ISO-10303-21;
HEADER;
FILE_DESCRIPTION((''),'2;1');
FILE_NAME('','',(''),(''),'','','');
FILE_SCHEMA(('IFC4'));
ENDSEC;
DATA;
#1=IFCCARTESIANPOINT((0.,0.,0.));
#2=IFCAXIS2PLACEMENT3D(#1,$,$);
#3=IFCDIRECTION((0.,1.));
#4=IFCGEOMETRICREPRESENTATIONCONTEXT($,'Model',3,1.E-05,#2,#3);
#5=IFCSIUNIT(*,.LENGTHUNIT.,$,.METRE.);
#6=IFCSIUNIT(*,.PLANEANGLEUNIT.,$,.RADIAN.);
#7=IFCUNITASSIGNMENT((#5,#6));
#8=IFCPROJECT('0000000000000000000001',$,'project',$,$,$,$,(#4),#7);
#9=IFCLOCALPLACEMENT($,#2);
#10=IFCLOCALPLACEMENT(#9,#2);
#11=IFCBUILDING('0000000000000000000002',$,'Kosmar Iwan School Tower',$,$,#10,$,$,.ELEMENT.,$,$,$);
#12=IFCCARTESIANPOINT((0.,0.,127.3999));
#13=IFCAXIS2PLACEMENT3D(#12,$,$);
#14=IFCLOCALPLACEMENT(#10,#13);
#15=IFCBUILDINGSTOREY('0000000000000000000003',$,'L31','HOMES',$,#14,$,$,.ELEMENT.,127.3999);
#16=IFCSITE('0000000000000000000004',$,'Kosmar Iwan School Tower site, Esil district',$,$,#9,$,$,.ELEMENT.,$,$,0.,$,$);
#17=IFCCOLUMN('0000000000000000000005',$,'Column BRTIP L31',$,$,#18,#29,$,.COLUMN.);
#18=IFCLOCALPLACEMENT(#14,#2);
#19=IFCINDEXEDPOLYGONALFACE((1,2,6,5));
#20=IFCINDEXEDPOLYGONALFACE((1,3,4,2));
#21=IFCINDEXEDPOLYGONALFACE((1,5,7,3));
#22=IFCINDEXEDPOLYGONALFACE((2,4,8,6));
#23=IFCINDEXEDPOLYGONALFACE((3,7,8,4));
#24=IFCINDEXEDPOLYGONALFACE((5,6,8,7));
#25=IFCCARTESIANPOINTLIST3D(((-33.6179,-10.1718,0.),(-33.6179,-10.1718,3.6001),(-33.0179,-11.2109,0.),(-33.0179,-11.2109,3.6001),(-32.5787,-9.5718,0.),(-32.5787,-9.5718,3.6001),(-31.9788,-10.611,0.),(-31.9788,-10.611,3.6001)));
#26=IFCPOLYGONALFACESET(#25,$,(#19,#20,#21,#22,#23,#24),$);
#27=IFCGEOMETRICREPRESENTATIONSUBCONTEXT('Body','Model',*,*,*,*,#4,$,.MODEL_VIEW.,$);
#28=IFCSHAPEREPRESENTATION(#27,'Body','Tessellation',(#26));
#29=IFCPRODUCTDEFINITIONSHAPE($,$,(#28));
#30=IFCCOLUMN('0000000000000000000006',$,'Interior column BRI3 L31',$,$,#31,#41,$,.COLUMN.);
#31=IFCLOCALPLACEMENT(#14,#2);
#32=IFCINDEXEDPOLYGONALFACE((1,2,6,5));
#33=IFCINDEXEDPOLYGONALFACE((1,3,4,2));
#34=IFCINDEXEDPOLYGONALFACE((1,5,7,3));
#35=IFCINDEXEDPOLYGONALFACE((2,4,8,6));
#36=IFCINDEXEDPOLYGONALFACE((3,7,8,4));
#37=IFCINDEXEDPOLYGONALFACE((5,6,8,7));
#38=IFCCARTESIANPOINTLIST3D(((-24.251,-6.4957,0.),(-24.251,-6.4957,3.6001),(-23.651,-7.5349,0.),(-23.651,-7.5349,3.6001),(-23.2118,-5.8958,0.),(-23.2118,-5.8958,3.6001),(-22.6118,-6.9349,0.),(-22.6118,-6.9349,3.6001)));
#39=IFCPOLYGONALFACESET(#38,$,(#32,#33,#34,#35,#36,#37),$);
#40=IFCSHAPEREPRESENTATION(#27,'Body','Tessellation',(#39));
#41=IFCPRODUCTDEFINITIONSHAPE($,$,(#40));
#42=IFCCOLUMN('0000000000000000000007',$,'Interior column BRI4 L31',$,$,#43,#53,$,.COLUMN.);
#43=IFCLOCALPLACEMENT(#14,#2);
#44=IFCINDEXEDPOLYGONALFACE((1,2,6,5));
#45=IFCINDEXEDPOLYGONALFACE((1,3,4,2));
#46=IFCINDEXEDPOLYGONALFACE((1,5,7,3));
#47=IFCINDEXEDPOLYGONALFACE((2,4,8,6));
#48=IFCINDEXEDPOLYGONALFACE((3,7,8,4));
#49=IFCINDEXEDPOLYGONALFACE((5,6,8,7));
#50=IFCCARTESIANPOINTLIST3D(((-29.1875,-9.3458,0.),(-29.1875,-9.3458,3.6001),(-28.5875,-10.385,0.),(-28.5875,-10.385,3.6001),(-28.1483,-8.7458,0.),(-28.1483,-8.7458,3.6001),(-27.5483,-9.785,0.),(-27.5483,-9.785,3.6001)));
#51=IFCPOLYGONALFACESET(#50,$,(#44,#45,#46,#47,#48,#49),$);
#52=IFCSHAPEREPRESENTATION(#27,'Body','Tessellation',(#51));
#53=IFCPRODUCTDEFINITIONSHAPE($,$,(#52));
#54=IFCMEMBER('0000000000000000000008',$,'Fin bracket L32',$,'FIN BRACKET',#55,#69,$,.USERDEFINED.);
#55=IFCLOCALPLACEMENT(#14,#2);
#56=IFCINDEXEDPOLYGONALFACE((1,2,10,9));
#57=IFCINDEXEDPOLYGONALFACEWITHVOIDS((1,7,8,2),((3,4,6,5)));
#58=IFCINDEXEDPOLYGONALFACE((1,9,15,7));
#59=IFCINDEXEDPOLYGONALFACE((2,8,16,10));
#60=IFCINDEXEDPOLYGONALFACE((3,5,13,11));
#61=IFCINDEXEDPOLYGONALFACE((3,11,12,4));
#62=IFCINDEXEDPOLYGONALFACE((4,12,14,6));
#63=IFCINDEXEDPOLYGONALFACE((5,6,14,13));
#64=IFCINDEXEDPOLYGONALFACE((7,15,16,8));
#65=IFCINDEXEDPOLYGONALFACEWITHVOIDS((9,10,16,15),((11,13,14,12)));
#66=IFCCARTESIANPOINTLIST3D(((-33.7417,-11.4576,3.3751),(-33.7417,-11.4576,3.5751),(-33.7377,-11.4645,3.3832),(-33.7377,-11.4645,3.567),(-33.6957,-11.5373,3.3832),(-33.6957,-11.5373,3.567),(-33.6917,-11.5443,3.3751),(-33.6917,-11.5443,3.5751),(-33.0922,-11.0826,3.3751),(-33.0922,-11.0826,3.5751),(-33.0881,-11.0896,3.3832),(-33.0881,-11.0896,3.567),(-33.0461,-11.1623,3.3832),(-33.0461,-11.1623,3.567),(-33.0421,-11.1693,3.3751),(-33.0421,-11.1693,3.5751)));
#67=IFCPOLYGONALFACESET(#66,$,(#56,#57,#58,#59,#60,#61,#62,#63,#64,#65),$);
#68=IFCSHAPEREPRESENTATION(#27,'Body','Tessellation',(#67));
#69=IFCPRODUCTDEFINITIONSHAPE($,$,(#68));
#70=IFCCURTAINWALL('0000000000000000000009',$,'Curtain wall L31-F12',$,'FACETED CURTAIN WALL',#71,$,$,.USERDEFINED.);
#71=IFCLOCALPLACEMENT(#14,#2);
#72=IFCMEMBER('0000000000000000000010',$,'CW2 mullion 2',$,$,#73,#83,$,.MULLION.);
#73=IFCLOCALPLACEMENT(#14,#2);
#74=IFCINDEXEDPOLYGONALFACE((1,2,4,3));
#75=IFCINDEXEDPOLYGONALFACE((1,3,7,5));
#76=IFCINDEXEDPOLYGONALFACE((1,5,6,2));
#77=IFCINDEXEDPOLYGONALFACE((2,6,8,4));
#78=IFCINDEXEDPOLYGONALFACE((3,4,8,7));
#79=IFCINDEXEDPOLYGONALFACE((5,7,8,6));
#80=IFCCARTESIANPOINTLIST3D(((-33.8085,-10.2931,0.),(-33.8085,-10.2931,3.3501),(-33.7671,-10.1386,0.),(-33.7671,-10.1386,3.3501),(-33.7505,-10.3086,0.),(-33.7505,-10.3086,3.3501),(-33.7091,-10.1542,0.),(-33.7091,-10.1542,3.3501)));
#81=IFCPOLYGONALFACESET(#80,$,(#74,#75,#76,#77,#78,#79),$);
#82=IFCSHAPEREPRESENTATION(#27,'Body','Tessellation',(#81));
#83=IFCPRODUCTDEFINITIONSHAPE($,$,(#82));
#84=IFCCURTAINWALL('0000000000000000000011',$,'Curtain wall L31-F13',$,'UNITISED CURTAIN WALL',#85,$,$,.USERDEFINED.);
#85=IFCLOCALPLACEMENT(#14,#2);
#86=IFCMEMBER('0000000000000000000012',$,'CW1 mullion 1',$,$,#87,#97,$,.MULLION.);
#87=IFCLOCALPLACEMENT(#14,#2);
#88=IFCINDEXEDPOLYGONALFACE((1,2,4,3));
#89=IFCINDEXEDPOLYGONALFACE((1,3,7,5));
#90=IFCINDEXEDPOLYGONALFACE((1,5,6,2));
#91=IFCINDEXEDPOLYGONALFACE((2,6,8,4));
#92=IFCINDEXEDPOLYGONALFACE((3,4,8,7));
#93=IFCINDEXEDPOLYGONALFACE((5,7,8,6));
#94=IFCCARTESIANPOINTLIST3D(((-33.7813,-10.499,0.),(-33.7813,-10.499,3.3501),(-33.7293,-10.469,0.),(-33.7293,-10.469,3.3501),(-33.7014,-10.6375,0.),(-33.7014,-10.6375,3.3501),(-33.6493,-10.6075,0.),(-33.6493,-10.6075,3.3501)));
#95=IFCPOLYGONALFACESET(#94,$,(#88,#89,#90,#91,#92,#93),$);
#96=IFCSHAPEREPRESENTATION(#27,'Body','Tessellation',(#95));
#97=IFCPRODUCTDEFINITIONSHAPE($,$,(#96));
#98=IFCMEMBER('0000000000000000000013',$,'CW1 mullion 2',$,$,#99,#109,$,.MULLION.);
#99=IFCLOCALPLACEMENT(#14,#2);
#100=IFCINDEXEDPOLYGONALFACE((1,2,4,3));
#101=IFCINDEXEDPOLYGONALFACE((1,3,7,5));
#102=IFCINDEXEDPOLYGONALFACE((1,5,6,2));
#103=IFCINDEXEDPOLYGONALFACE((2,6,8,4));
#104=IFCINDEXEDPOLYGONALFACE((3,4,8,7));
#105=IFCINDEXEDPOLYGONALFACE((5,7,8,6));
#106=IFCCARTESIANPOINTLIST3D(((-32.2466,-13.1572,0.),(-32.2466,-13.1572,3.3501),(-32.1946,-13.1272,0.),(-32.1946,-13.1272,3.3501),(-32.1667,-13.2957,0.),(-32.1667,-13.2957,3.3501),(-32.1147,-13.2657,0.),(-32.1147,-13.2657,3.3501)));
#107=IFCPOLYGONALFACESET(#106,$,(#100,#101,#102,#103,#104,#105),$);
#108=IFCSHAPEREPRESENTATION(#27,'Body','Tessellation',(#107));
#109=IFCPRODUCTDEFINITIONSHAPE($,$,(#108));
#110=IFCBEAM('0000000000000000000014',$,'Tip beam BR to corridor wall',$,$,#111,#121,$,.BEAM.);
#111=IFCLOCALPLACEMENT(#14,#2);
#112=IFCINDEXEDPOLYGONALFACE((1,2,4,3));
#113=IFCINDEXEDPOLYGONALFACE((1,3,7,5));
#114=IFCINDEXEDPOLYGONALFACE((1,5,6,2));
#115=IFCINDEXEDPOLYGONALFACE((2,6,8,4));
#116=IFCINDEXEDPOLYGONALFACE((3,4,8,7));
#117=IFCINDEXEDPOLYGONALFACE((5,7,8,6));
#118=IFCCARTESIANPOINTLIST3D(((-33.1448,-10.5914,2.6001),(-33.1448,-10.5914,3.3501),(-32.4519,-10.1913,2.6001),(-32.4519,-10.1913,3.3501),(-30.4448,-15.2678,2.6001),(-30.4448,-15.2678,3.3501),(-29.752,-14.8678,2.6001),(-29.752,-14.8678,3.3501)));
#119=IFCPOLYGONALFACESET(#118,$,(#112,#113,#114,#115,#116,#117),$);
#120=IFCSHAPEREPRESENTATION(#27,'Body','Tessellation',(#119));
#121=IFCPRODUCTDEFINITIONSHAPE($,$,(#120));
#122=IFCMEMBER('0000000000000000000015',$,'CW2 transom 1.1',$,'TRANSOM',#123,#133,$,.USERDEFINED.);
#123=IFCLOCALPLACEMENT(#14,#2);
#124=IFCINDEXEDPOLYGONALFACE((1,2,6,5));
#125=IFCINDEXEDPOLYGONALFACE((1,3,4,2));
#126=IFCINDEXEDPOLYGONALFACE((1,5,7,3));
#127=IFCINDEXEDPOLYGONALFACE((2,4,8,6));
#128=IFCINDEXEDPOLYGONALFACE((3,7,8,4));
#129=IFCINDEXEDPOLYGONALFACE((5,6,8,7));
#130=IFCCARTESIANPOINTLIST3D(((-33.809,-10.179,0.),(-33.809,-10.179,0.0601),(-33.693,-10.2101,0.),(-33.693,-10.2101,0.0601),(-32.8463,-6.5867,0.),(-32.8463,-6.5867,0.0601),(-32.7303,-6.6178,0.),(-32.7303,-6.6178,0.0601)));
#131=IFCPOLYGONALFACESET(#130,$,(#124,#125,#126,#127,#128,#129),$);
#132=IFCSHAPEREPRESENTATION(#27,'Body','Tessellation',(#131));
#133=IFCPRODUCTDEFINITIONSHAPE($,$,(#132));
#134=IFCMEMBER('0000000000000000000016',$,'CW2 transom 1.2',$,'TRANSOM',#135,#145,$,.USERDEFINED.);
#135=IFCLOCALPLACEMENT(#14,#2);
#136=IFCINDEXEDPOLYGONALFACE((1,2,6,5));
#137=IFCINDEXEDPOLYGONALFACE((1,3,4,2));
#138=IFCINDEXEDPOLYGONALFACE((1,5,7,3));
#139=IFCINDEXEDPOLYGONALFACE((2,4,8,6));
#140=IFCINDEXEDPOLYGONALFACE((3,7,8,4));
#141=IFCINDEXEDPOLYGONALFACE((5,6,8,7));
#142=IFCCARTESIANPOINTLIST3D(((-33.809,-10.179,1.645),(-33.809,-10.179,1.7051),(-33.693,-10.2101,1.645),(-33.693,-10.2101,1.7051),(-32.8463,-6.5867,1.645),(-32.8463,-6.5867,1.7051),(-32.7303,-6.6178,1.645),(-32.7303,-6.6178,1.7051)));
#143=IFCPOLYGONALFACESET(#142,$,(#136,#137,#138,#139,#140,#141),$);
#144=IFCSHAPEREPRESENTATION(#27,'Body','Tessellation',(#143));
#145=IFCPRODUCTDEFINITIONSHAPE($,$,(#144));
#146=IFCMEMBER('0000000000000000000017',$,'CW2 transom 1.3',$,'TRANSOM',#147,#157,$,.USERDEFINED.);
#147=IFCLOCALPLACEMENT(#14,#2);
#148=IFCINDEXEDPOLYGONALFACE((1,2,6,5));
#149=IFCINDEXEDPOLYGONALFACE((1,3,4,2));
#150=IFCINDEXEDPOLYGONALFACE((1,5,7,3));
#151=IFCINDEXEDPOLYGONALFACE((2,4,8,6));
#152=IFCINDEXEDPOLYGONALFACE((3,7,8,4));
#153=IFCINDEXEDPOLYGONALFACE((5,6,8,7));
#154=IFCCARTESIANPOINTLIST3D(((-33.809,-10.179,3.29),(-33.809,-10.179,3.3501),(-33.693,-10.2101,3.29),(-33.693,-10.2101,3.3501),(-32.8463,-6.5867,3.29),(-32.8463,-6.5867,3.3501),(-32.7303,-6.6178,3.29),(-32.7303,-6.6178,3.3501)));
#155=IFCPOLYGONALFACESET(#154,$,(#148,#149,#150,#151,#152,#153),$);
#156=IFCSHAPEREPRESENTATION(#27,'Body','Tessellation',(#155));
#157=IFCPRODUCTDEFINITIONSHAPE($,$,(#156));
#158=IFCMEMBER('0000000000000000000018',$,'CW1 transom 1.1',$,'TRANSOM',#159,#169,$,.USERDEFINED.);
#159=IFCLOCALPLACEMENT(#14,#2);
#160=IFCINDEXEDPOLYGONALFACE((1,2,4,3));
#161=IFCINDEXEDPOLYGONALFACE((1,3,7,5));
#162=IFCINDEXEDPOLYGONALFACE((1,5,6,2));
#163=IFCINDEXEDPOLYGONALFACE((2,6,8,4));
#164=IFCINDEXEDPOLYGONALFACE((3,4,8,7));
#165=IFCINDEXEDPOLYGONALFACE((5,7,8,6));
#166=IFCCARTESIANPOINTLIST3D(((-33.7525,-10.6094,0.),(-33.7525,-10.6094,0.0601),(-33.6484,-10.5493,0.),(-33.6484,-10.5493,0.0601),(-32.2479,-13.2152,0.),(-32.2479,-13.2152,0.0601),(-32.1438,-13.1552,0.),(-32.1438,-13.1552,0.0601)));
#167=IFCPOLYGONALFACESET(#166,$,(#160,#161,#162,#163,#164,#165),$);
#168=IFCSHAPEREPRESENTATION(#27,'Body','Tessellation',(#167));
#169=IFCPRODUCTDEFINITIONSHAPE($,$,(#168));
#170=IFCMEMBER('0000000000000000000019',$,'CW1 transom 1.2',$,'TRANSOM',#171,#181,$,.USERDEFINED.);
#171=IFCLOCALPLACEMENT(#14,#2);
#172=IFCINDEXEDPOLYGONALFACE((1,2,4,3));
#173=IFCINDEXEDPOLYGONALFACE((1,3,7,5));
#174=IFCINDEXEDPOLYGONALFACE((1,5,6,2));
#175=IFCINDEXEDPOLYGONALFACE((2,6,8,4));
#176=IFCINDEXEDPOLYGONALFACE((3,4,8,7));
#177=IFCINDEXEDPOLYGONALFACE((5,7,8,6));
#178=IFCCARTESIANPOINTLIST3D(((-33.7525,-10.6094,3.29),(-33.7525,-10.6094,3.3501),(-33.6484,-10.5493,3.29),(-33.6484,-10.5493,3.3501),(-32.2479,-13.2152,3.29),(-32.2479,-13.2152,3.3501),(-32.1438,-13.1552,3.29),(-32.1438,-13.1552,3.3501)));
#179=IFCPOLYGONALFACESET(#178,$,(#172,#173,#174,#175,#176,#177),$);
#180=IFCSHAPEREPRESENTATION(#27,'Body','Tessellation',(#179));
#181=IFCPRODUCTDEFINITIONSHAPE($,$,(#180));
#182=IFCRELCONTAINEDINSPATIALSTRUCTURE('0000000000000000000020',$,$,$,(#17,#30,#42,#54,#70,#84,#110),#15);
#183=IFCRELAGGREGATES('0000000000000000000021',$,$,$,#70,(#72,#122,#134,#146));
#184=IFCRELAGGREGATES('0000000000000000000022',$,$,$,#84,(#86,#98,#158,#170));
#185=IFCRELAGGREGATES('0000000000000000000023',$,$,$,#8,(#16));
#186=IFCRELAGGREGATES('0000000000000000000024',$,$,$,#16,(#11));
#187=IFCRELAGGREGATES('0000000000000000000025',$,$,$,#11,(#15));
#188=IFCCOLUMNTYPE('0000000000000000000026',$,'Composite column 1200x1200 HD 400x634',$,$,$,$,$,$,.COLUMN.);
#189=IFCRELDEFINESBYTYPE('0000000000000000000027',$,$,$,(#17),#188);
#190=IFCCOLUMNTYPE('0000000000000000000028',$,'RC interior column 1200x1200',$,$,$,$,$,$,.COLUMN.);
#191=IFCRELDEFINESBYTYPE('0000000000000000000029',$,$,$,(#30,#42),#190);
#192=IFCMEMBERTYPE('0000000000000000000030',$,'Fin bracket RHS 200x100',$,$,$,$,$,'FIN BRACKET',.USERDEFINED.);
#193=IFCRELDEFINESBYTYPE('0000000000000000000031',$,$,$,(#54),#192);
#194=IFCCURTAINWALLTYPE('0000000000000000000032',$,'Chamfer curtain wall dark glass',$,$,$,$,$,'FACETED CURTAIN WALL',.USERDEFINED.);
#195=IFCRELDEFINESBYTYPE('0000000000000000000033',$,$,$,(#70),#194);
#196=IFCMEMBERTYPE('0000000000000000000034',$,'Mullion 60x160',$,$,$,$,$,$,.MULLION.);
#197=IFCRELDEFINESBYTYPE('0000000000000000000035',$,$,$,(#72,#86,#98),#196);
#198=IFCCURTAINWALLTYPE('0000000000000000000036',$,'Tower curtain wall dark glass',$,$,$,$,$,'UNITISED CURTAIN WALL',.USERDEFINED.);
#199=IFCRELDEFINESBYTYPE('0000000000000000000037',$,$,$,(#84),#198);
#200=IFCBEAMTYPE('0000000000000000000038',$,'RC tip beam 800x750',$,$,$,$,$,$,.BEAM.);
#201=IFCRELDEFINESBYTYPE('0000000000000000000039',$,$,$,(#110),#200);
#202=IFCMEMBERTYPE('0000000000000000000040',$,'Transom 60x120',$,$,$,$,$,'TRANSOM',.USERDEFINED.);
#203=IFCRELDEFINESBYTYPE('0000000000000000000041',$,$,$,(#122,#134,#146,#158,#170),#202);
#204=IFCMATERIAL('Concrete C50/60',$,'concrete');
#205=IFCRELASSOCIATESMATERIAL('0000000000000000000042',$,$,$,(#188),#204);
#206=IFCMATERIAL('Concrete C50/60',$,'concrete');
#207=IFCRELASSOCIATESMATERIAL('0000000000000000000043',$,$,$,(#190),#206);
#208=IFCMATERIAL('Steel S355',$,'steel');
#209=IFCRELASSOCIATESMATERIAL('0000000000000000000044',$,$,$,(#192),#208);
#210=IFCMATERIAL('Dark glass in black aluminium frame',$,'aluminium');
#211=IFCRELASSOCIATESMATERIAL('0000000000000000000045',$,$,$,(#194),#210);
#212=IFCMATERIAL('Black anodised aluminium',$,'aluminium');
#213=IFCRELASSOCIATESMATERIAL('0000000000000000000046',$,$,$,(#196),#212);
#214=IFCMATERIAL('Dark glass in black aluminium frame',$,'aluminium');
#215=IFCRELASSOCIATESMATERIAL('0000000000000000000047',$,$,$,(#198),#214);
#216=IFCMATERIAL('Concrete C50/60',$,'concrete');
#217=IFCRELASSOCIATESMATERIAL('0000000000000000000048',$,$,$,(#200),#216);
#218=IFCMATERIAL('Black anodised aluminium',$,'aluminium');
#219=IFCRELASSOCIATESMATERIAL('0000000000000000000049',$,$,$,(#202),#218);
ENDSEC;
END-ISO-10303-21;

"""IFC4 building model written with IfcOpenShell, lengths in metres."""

from ifc_helpers import new_model, si_unit, direction, frame, origin, origin_2d, place, context, subcontext, project, spatial, rectangle, hollow_rectangle, extrude, material, material_profile, profile_set, type_object, element, aggregate, save


model = new_model("IFC4")

# Units and contexts
model_context = context("Model", 3, precision=1e-05, world=origin(), true_north=direction((0.0, 1.0)))
body_context = subcontext(model_context, "Body", "Model", "MODEL_VIEW")
ifc_project = project(units=[si_unit("LENGTHUNIT", "METRE"), si_unit("PLANEANGLEUNIT", "RADIAN")], contexts=[model_context])

# Site, building, storey
site_placement = place(None, origin())
site = spatial("IfcSite", under=ifc_project, at=site_placement, Name="Kosmar Iwan School Tower site, Esil district", CompositionType="ELEMENT", RefElevation=0.0)
building_placement = place(site_placement, origin())
building = spatial("IfcBuilding", under=site, at=building_placement, Name="Kosmar Iwan School Tower", CompositionType="ELEMENT")
storey_placement = place(building_placement, frame((0.0, 0.0, 127.3999)))
storey = spatial("IfcBuildingStorey", under=building, at=storey_placement, Name="L31", Description="HOMES", CompositionType="ELEMENT", Elevation=127.3999)

# Columns
ifc_material_1 = material(Name="Concrete C50/60", Category="concrete")
ifc_material_profile_1 = material_profile(ifc_material_1, rectangle(XDim=1.2, YDim=1.2, at=origin_2d()), Name="RC 1200x1200 + HD 400x634")
ifc_profile_set_1 = profile_set([ifc_material_profile_1], Name="Concrete C50/60")
column_type_1 = type_object("IfcColumnType", Name="Composite column 1200x1200 HD 400x634", PredefinedType="COLUMN", material=ifc_profile_set_1)
column_placement = place(storey_placement, frame((-32.7983, -10.3914, 0.0), z_axis=(0.0, 0.0, 1.0), x_axis=(-0.866025, -0.5, 0.0)))
element("IfcColumn", 1, at=column_placement, inside=storey, type_object=column_type_1, Name="Column BRTIP L31", PredefinedType="COLUMN", context=body_context, shape_type="SweptSolid", body=[
    extrude(rectangle(XDim=1.2, YDim=1.2, at=origin_2d()), origin(), (0.0, 0.0, 1.0), 3.6001),
])
ifc_material_2 = material(Name="Concrete C50/60", Category="concrete")
ifc_material_profile_2 = material_profile(ifc_material_2, rectangle(XDim=1.2, YDim=1.2, at=origin_2d()), Name="RC 1200x1200")
ifc_profile_set_2 = profile_set([ifc_material_profile_2], Name="Concrete C50/60")
column_type_2 = type_object("IfcColumnType", Name="RC interior column 1200x1200", PredefinedType="COLUMN", material=ifc_profile_set_2)
for number, where, z_axis, x_axis, name in (
    (2, (-23.4314, -6.7153, 0.0), (0.0, 0.0, 1.0), (-0.866025, -0.5, 0.0), "Interior column BRI3 L31"),
    (3, (-28.3679, -9.5654, 0.0), (0.0, 0.0, 1.0), (-0.866025, -0.5, 0.0), "Interior column BRI4 L31"),
):
    element("IfcColumn", number, at=place(storey_placement, frame(where, z_axis=z_axis, x_axis=x_axis)), inside=storey, type_object=column_type_2, Name=name, PredefinedType="COLUMN", context=body_context, shape_type="SweptSolid", body=[
        extrude(rectangle(XDim=1.2, YDim=1.2, at=origin_2d()), origin(), (0.0, 0.0, 1.0), 3.6001),
    ])

# Member
ifc_material_3 = material(Name="Steel S355", Category="steel")
ifc_material_profile_3 = material_profile(ifc_material_3, hollow_rectangle(XDim=0.1001, YDim=0.2, WallThickness=0.0081, at=origin_2d()), Name="RHS 200x100x8")
ifc_profile_set_3 = profile_set([ifc_material_profile_3], Name="Steel S355")
member_type_1 = type_object("IfcMemberType", Name="Fin bracket RHS 200x100", ElementType="FIN BRACKET", PredefinedType="USERDEFINED", material=ifc_profile_set_3)
member_1_placement = place(storey_placement, frame((-33.0671, -11.126, 3.4751), z_axis=(-0.866072, -0.49992, 0.0), x_axis=(0.49992, -0.866072, 0.0)))
element("IfcMember", 4, at=member_1_placement, inside=storey, type_object=member_type_1, Name="Fin bracket L32", ObjectType="FIN BRACKET", PredefinedType="USERDEFINED", context=body_context, shape_type="SweptSolid", body=[
    extrude(hollow_rectangle(XDim=0.1001, YDim=0.2, WallThickness=0.0081, at=origin_2d()), origin(), (0.0, 0.0, 1.0), 0.75),
])

# Curtain wall, member
ifc_material_4 = material(Name="Dark glass in black aluminium frame", Category="aluminium")
curtain_wall_type_1 = type_object("IfcCurtainWallType", Name="Chamfer curtain wall dark glass", ElementType="FACETED CURTAIN WALL", PredefinedType="USERDEFINED", material=ifc_material_4)
curtain_wall_1_placement = place(storey_placement, origin())
curtain_wall_1 = element("IfcCurtainWall", 5, at=curtain_wall_1_placement, inside=storey, type_object=curtain_wall_type_1, Name="Curtain wall L31-F12", ObjectType="FACETED CURTAIN WALL", PredefinedType="USERDEFINED")
ifc_material_5 = material(Name="Black anodised aluminium", Category="aluminium")
ifc_material_profile_4 = material_profile(ifc_material_5, rectangle(XDim=0.0601, YDim=0.1599, at=origin_2d()), Name="MULLION 60x160")
ifc_profile_set_4 = profile_set([ifc_material_profile_4], Name="Black anodised aluminium")
member_type_2 = type_object("IfcMemberType", Name="Mullion 60x160", PredefinedType="MULLION", material=ifc_profile_set_4)
member_2_placement = place(storey_placement, frame((-33.7588, -10.2236, 0.0), z_axis=(0.0, 0.0, 1.0), x_axis=(0.965926, -0.258819, 0.0)))
member_2 = element("IfcMember", 6, at=member_2_placement, type_object=member_type_2, Name="CW2 mullion 2", PredefinedType="MULLION", context=body_context, shape_type="SweptSolid", body=[
    extrude(rectangle(XDim=0.0601, YDim=0.1599, at=origin_2d()), origin(), (0.0, 0.0, 1.0), 3.3501),
])

# Curtain wall, members
ifc_material_6 = material(Name="Dark glass in black aluminium frame", Category="aluminium")
curtain_wall_type_2 = type_object("IfcCurtainWallType", Name="Tower curtain wall dark glass", ElementType="UNITISED CURTAIN WALL", PredefinedType="USERDEFINED", material=ifc_material_6)
curtain_wall_2_placement = place(storey_placement, origin())
curtain_wall_2 = element("IfcCurtainWall", 7, at=curtain_wall_2_placement, inside=storey, type_object=curtain_wall_type_2, Name="Curtain wall L31-F13", ObjectType="UNITISED CURTAIN WALL", PredefinedType="USERDEFINED")
member_3_placement = place(storey_placement, frame((-33.7153, -10.5532, 0.0), z_axis=(0.0, 0.0, 1.0), x_axis=(0.866025, 0.5, 0.0)))
member_3 = element("IfcMember", 8, at=member_3_placement, type_object=member_type_2, Name="CW1 mullion 1", PredefinedType="MULLION", context=body_context, shape_type="SweptSolid", body=[
    extrude(rectangle(XDim=0.0601, YDim=0.1599, at=origin_2d()), origin(), (0.0, 0.0, 1.0), 3.3501),
])
member_4_placement = place(storey_placement, frame((-32.1807, -13.2114, 0.0), z_axis=(0.0, 0.0, 1.0), x_axis=(0.866025, 0.5, 0.0)))
member_4 = element("IfcMember", 9, at=member_4_placement, type_object=member_type_2, Name="CW1 mullion 2", PredefinedType="MULLION", context=body_context, shape_type="SweptSolid", body=[
    extrude(rectangle(XDim=0.0601, YDim=0.1599, at=origin_2d()), origin(), (0.0, 0.0, 1.0), 3.3501),
])

# Beam
ifc_material_7 = material(Name="Concrete C50/60", Category="concrete")
ifc_material_profile_5 = material_profile(ifc_material_7, rectangle(XDim=0.8, YDim=0.75, at=origin_2d()), Name="RC 800x750")
ifc_profile_set_5 = profile_set([ifc_material_profile_5], Name="Concrete C50/60")
beam_type = type_object("IfcBeamType", Name="RC tip beam 800x750", PredefinedType="BEAM", material=ifc_profile_set_5)
beam_placement = place(storey_placement, frame((-32.7983, -10.3914, 2.9751), z_axis=(0.499995, -0.866028, 0.0), x_axis=(0.866028, 0.499995, 0.0)))
element("IfcBeam", 10, at=beam_placement, inside=storey, type_object=beam_type, Name="Tip beam BR to corridor wall", PredefinedType="BEAM", context=body_context, shape_type="SweptSolid", body=[
    extrude(rectangle(XDim=0.8, YDim=0.75, at=origin_2d()), origin(), (0.0, 0.0, 1.0), 5.3999),
])

# Members
ifc_material_8 = material(Name="Black anodised aluminium", Category="aluminium")
ifc_material_profile_6 = material_profile(ifc_material_8, rectangle(XDim=0.1201, YDim=0.0601, at=origin_2d()), Name="TRANSOM 60x120")
ifc_profile_set_6 = profile_set([ifc_material_profile_6], Name="Black anodised aluminium")
member_type_3 = type_object("IfcMemberType", Name="Transom 60x120", ElementType="TRANSOM", PredefinedType="USERDEFINED", material=ifc_profile_set_6)
member_5_placement = place(storey_placement, frame((-32.7883, -6.6023, 0.03), z_axis=(-0.258843, -0.965919, 0.0), x_axis=(0.965919, -0.258843, 0.0)))
member_5 = element("IfcMember", 11, at=member_5_placement, type_object=member_type_3, Name="CW2 transom 1.1", ObjectType="TRANSOM", PredefinedType="USERDEFINED", context=body_context, shape_type="SweptSolid", body=[
    extrude(rectangle(XDim=0.1201, YDim=0.0601, at=origin_2d()), origin(), (0.0, 0.0, 1.0), 3.719),
])
member_6_placement = place(storey_placement, frame((-32.7883, -6.6023, 1.675), z_axis=(-0.258843, -0.965919, 0.0), x_axis=(0.965919, -0.258843, 0.0)))
member_6 = element("IfcMember", 12, at=member_6_placement, type_object=member_type_3, Name="CW2 transom 1.2", ObjectType="TRANSOM", PredefinedType="USERDEFINED", context=body_context, shape_type="SweptSolid", body=[
    extrude(rectangle(XDim=0.1201, YDim=0.0601, at=origin_2d()), origin(), (0.0, 0.0, 1.0), 3.719),
])
member_7_placement = place(storey_placement, frame((-32.7883, -6.6023, 3.3201), z_axis=(-0.258843, -0.965919, 0.0), x_axis=(0.965919, -0.258843, 0.0)))
member_7 = element("IfcMember", 13, at=member_7_placement, type_object=member_type_3, Name="CW2 transom 1.3", ObjectType="TRANSOM", PredefinedType="USERDEFINED", context=body_context, shape_type="SweptSolid", body=[
    extrude(rectangle(XDim=0.1201, YDim=0.0601, at=origin_2d()), origin(), (0.0, 0.0, 1.0), 3.719),
])
member_8_placement = place(storey_placement, frame((-33.7004, -10.5793, 0.03), z_axis=(0.500022, -0.866013, 0.0), x_axis=(0.866013, 0.500022, 0.0)))
member_8 = element("IfcMember", 14, at=member_8_placement, type_object=member_type_3, Name="CW1 transom 1.1", ObjectType="TRANSOM", PredefinedType="USERDEFINED", context=body_context, shape_type="SweptSolid", body=[
    extrude(rectangle(XDim=0.1201, YDim=0.0601, at=origin_2d()), origin(), (0.0, 0.0, 1.0), 3.009),
])
member_9_placement = place(storey_placement, frame((-33.7004, -10.5793, 3.3201), z_axis=(0.500022, -0.866013, 0.0), x_axis=(0.866013, 0.500022, 0.0)))
member_9 = element("IfcMember", 15, at=member_9_placement, type_object=member_type_3, Name="CW1 transom 1.2", ObjectType="TRANSOM", PredefinedType="USERDEFINED", context=body_context, shape_type="SweptSolid", body=[
    extrude(rectangle(XDim=0.1201, YDim=0.0601, at=origin_2d()), origin(), (0.0, 0.0, 1.0), 3.009),
])

aggregate(curtain_wall_1, [member_2, member_5, member_6, member_7])
aggregate(curtain_wall_2, [member_3, member_4, member_8, member_9])

save(model, "model.ifc")
